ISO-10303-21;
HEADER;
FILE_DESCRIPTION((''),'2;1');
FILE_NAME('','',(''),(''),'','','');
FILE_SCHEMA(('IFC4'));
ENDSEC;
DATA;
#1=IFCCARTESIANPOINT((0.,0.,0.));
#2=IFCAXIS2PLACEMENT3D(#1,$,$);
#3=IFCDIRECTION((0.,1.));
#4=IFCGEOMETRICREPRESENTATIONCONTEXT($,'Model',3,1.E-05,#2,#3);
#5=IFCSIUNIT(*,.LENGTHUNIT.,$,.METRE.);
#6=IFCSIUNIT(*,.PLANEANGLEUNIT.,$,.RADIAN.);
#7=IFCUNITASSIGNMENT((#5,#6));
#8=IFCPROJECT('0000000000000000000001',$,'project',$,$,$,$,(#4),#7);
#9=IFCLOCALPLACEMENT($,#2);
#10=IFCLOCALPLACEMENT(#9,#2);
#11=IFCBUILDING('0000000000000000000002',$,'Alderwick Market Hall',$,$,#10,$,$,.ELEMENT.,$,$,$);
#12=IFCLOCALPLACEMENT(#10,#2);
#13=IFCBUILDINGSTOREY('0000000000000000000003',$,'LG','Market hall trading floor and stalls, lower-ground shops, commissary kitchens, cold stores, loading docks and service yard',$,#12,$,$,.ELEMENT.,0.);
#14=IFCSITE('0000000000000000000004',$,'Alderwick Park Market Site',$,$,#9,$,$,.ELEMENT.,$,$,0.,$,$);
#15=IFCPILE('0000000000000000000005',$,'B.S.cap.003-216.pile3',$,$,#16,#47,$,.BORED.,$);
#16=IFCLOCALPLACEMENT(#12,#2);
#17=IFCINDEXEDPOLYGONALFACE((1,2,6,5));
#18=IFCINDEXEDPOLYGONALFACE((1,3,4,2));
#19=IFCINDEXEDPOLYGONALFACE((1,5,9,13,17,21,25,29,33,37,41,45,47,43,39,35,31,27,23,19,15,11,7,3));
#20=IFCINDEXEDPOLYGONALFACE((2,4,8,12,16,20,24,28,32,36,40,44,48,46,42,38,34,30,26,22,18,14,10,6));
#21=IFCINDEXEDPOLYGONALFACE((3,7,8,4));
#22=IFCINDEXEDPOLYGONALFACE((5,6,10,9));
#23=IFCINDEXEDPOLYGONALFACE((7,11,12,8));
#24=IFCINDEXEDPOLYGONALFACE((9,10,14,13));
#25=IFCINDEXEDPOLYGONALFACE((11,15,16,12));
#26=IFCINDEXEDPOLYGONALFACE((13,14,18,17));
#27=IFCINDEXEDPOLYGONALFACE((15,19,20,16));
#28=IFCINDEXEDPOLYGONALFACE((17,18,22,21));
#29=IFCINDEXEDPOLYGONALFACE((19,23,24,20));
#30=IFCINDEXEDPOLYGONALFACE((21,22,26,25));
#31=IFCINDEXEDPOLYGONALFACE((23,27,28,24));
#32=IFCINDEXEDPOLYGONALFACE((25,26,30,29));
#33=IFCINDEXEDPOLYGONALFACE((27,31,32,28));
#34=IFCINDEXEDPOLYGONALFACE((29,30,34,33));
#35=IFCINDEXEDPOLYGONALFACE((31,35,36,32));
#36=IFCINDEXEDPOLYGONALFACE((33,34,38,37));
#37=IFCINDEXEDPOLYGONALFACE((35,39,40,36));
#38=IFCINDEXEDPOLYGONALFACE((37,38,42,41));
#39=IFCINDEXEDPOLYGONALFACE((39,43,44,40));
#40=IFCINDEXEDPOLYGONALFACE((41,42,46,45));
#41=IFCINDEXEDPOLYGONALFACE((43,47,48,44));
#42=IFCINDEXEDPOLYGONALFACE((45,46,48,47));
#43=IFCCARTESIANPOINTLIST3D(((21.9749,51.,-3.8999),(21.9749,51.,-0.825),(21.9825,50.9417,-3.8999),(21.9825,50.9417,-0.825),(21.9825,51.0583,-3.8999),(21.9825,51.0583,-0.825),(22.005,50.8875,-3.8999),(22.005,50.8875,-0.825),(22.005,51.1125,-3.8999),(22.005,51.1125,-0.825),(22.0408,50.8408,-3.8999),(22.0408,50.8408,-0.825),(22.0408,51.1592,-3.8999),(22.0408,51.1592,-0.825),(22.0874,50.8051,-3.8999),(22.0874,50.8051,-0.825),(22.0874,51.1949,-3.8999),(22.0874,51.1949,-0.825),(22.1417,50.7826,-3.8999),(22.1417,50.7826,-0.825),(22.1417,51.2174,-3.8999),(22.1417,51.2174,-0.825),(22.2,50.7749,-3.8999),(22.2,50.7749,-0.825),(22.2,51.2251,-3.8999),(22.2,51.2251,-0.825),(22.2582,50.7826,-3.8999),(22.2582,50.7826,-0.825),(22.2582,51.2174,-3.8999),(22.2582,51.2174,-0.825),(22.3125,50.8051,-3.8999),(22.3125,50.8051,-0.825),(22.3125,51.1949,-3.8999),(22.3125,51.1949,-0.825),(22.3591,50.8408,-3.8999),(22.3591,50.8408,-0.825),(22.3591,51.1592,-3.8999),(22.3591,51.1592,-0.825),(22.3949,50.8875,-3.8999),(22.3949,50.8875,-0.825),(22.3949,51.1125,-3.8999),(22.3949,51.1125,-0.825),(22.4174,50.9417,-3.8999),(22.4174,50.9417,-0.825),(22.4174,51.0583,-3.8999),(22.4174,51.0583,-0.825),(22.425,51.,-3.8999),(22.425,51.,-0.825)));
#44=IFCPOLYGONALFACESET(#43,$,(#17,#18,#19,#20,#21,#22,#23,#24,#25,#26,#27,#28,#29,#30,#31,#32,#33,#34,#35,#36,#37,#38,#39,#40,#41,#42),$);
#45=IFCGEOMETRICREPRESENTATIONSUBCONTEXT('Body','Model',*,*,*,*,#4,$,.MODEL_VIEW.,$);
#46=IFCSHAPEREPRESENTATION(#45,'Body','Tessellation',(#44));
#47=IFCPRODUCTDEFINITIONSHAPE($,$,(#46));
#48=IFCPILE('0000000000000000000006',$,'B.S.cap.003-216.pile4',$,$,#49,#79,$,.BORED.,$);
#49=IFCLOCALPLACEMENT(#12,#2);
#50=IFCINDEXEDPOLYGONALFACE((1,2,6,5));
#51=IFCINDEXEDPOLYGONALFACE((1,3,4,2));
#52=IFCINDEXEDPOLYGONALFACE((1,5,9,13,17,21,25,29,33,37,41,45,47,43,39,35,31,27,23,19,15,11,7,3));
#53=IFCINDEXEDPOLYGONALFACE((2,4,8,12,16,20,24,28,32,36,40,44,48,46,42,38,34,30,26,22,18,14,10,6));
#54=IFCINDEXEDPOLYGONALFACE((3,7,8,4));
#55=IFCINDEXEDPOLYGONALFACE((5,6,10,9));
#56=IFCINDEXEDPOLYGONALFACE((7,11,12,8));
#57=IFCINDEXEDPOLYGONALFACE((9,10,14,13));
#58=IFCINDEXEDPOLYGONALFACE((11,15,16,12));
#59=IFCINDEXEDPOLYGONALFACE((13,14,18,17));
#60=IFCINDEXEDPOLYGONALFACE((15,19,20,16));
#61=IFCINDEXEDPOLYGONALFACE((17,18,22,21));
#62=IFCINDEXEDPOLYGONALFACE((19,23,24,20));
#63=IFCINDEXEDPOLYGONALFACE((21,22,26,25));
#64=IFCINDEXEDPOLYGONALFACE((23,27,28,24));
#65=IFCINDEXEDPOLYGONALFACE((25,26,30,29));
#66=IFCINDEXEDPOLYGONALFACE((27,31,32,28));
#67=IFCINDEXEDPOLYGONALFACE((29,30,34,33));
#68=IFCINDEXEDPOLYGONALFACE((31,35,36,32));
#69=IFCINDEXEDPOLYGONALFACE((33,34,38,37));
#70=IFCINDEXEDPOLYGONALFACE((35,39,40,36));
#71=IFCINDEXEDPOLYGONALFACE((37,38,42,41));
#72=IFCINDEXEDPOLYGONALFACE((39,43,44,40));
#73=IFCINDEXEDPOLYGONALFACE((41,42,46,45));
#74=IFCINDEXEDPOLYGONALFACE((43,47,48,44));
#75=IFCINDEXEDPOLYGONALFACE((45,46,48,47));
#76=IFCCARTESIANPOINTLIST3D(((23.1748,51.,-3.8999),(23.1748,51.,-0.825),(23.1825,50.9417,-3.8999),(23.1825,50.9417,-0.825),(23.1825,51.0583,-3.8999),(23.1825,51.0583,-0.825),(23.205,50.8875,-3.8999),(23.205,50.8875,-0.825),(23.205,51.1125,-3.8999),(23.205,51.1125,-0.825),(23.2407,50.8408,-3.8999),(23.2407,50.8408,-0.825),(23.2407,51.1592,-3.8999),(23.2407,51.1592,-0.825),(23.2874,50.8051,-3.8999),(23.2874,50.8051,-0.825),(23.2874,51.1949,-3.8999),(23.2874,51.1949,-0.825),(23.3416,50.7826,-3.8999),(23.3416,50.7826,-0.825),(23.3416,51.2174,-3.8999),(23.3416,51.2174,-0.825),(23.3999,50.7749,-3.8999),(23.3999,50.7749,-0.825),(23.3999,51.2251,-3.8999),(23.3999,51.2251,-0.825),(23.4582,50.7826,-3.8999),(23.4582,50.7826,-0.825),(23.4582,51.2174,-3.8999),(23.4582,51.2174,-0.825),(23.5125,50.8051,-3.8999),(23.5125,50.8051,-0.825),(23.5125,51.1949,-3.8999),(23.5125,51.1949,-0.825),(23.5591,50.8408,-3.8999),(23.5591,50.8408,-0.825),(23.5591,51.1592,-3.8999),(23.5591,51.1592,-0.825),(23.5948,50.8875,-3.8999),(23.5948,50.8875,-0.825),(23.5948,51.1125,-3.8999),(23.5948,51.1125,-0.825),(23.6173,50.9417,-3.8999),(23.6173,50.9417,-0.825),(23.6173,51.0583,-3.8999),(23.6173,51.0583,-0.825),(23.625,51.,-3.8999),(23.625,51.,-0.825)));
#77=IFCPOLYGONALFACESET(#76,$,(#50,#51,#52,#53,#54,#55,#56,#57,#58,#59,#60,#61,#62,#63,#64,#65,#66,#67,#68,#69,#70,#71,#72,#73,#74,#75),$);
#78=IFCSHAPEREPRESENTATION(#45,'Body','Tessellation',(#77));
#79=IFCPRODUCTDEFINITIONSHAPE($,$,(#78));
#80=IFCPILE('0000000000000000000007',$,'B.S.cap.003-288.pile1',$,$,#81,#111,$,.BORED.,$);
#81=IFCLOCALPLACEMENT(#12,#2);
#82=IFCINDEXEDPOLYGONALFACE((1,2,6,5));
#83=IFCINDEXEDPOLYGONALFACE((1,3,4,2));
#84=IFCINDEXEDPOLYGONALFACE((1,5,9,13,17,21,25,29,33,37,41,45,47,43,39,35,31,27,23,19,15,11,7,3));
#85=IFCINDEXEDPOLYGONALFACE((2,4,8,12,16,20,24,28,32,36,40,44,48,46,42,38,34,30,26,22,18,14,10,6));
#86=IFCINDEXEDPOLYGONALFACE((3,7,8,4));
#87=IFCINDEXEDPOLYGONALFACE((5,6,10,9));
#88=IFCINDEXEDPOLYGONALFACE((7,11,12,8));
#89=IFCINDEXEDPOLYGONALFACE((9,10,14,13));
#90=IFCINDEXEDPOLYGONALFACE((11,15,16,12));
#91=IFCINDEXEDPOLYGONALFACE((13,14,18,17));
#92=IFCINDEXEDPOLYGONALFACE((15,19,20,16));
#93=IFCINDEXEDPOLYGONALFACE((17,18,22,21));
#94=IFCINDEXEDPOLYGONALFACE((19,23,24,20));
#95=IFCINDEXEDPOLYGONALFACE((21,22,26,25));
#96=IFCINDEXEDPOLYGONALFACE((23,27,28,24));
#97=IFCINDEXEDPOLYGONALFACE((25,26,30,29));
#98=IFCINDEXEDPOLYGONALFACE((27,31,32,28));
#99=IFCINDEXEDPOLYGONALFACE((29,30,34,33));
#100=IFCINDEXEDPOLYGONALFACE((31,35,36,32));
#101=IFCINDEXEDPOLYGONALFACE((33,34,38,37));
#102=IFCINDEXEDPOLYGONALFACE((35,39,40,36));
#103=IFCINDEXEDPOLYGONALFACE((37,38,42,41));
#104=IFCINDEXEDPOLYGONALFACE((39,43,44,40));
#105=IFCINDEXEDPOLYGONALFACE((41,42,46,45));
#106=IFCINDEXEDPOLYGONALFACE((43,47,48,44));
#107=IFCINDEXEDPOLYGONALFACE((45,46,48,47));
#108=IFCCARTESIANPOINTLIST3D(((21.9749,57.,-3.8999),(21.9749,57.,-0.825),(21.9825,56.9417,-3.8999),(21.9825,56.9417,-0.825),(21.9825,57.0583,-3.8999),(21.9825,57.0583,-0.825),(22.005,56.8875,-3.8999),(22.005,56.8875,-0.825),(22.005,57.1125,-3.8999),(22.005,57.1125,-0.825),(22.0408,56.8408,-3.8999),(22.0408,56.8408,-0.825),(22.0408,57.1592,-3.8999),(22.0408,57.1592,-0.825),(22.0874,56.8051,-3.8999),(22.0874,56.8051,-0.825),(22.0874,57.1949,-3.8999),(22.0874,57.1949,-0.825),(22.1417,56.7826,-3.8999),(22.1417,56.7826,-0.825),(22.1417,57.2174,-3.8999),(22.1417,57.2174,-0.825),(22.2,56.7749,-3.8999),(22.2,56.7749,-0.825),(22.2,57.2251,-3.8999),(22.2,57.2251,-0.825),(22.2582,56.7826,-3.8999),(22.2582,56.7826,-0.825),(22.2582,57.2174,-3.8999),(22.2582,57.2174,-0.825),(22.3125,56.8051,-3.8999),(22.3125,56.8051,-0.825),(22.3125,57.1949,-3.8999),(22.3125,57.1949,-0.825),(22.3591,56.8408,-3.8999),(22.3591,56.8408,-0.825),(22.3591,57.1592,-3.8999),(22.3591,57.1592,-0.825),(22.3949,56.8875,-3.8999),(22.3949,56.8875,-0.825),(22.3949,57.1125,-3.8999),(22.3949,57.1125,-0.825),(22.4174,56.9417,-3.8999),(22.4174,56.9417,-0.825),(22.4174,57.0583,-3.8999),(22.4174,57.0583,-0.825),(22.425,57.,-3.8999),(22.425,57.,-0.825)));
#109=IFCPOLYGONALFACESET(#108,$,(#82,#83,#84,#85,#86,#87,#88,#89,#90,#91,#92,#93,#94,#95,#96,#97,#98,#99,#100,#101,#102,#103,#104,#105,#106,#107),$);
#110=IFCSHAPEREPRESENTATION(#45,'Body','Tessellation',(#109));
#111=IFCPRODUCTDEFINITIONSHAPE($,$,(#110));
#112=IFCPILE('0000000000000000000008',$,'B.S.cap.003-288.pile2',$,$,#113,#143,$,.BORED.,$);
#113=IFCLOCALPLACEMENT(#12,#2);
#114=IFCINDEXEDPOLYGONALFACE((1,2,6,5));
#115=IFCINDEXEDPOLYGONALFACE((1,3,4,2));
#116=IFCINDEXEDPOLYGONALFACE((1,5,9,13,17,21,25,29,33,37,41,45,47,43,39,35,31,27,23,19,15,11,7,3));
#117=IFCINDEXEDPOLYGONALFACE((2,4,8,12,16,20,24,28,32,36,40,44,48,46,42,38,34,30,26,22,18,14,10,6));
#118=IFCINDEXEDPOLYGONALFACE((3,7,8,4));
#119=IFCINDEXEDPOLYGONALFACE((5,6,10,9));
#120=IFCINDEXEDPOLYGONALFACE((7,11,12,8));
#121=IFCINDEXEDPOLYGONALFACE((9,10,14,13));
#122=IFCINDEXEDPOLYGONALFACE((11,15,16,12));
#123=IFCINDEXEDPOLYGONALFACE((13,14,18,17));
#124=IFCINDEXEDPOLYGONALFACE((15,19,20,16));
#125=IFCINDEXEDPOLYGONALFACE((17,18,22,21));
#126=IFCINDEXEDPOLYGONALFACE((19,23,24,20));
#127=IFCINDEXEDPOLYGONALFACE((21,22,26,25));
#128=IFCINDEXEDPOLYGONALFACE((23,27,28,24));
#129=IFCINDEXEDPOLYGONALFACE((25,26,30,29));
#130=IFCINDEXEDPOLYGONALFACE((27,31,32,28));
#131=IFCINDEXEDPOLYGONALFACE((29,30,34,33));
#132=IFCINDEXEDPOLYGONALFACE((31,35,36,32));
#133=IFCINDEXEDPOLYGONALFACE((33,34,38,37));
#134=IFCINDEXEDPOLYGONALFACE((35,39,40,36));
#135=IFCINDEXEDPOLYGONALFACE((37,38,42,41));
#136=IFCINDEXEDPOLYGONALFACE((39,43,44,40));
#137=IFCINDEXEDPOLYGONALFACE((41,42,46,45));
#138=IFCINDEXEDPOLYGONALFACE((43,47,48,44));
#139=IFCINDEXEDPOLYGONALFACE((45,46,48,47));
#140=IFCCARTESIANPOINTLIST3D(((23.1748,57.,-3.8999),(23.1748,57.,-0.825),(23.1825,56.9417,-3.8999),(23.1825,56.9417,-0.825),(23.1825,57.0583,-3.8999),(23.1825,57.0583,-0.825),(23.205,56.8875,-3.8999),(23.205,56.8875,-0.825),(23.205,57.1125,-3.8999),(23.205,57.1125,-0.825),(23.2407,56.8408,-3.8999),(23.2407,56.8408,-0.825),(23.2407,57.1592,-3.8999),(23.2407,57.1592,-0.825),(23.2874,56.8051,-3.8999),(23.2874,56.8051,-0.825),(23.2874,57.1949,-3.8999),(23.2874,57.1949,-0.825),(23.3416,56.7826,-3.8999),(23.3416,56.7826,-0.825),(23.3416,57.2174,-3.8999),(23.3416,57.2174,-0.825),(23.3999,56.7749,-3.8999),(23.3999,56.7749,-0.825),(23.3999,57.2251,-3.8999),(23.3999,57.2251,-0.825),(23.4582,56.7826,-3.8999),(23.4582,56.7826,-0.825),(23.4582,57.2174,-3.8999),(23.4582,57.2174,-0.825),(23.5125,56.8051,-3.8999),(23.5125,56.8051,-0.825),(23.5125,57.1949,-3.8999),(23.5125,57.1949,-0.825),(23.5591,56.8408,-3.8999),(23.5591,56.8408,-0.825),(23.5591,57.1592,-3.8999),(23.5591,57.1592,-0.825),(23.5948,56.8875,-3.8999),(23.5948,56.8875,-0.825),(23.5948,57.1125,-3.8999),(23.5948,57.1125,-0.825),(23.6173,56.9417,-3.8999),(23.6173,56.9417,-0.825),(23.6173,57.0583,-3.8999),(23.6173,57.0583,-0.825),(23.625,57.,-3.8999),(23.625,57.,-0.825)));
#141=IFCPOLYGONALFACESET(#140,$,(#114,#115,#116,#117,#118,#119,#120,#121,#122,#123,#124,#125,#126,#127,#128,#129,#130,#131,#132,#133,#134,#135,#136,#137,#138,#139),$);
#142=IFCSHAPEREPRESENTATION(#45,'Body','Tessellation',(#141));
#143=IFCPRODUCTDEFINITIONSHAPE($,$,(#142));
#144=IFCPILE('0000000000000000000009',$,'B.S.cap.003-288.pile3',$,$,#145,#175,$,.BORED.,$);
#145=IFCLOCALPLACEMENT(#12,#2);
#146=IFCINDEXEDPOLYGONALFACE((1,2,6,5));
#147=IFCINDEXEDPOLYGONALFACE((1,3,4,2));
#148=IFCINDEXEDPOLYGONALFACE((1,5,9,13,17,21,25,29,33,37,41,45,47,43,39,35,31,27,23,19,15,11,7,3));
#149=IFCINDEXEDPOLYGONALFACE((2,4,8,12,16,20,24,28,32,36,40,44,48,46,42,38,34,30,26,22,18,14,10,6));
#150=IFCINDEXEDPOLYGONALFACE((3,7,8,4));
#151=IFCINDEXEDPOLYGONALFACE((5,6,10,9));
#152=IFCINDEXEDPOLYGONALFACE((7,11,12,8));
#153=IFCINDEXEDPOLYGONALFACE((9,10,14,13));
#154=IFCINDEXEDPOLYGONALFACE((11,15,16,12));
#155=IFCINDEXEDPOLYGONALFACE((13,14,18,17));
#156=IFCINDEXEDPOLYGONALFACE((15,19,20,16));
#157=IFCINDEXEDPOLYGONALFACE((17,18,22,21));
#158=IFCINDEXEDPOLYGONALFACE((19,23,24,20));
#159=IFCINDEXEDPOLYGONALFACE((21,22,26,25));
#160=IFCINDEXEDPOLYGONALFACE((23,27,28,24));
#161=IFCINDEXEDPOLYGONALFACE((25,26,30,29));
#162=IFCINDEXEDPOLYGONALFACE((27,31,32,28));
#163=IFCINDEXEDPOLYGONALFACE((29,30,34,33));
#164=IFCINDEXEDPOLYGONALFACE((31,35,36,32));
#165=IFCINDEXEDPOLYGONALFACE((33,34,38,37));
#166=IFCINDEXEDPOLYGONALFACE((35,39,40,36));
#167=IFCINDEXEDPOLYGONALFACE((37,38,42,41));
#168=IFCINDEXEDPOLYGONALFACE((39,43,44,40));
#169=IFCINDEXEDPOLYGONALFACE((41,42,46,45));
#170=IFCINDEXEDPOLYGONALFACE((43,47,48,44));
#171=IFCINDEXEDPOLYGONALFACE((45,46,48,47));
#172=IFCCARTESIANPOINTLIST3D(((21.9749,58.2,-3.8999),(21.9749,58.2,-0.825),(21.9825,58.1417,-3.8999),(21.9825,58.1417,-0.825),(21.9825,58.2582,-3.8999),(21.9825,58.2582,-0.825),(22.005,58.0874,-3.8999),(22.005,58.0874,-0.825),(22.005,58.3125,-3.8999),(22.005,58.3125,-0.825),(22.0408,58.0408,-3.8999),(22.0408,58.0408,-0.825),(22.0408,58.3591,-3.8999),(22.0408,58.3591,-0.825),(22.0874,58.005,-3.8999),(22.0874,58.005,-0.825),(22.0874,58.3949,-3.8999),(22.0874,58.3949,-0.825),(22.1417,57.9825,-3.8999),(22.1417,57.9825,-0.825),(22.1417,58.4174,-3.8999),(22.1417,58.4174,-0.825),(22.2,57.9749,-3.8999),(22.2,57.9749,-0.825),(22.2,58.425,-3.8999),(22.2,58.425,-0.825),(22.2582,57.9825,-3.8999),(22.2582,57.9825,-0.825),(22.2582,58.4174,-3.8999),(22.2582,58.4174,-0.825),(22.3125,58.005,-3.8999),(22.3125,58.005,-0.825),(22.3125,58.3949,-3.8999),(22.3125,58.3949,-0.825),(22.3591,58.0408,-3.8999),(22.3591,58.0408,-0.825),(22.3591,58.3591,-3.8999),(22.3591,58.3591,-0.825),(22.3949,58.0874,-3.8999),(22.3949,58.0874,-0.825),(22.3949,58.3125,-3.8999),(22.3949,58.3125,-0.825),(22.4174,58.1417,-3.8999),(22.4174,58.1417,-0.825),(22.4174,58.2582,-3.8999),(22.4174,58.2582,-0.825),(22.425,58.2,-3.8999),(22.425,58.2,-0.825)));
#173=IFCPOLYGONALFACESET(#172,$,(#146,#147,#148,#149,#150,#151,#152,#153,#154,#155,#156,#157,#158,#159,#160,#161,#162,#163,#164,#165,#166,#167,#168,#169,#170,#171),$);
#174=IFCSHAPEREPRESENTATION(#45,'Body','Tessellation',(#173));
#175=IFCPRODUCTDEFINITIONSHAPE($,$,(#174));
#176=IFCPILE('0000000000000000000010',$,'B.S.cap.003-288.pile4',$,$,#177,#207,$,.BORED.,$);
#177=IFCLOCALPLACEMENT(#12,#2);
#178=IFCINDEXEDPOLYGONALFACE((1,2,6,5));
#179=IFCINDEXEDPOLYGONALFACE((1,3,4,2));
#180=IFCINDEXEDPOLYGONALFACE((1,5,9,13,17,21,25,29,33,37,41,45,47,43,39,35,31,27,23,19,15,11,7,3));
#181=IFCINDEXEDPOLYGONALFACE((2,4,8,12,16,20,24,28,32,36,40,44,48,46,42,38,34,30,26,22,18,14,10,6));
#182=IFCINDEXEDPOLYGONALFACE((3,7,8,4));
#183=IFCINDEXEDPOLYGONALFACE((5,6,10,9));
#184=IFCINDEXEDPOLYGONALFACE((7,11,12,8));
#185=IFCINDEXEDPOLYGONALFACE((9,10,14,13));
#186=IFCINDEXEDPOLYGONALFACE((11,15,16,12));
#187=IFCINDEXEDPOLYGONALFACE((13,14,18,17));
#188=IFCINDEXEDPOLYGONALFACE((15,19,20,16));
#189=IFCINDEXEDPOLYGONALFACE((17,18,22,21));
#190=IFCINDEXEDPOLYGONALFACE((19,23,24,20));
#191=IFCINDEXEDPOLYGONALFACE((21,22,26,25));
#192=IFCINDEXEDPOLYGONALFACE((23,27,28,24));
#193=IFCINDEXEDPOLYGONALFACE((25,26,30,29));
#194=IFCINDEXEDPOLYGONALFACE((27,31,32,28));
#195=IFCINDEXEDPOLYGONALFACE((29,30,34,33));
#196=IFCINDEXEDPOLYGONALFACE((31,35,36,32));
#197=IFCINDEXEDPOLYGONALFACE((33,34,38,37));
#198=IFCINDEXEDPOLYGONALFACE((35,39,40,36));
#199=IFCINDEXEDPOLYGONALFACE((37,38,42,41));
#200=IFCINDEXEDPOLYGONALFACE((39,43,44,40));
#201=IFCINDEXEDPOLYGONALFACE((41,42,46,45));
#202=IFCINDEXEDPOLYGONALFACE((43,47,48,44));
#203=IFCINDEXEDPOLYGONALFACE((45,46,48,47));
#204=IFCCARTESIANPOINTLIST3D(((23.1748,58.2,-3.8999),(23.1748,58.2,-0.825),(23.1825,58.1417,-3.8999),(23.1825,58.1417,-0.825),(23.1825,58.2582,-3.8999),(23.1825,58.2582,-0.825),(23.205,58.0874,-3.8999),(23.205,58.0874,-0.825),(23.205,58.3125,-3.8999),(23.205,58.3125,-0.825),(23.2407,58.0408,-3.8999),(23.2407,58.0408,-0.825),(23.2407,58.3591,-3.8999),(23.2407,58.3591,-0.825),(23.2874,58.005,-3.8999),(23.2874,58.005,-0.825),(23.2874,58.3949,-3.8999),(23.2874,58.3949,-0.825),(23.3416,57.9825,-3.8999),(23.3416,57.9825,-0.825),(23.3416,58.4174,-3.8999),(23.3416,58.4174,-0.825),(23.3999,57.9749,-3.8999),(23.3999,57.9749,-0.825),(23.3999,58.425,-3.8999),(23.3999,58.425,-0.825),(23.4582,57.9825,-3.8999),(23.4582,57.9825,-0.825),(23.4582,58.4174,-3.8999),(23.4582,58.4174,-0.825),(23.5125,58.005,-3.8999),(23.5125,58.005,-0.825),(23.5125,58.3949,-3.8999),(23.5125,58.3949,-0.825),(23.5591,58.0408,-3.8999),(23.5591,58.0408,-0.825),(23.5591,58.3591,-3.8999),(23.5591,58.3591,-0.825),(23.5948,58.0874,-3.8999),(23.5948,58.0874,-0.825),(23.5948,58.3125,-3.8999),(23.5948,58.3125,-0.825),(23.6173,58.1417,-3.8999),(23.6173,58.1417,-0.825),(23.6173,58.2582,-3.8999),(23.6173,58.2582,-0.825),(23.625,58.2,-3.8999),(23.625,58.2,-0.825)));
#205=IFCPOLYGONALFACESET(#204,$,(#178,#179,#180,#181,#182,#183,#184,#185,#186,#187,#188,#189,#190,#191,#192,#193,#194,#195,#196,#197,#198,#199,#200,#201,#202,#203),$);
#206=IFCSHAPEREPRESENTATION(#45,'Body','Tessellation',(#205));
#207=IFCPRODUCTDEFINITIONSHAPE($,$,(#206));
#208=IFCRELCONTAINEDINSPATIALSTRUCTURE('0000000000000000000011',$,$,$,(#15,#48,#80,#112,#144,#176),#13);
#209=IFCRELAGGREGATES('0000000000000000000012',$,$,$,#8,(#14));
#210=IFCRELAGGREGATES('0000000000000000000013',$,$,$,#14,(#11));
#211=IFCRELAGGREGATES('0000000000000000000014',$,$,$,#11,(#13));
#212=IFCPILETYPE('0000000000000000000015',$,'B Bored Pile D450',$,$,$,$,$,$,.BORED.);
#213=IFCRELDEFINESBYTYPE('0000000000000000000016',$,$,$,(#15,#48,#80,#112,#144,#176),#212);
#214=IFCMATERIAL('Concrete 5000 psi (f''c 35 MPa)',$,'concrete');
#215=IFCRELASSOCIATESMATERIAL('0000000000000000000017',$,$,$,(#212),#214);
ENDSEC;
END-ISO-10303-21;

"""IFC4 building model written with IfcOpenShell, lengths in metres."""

from ifc_helpers import new_model, si_unit, direction, frame, origin, origin_2d, place, context, subcontext, project, spatial, circle, extrude, material, material_profile, profile_set, type_object, element, save


model = new_model("IFC4")

# Units and contexts
model_context = context("Model", 3, precision=1e-05, world=origin(), true_north=direction((0.0, 1.0)))
body_context = subcontext(model_context, "Body", "Model", "MODEL_VIEW")
ifc_project = project(units=[si_unit("LENGTHUNIT", "METRE"), si_unit("PLANEANGLEUNIT", "RADIAN")], contexts=[model_context])

# Site, building, storey
site_placement = place(None, origin())
site = spatial("IfcSite", under=ifc_project, at=site_placement, Name="Alderwick Park Market Site", CompositionType="ELEMENT", RefElevation=0.0)
building_placement = place(site_placement, origin())
building = spatial("IfcBuilding", under=site, at=building_placement, Name="Alderwick Market Hall", CompositionType="ELEMENT")
storey_placement = place(building_placement, origin())
storey = spatial("IfcBuildingStorey", under=building, at=storey_placement, Name="LG", Description="Market hall trading floor and stalls, lower-ground shops, commissary kitchens, cold stores, loading docks and service yard", CompositionType="ELEMENT", Elevation=0.0)

# Piles
ifc_material_1 = material(Name="Concrete 5000 psi (f'c 35 MPa)", Category="concrete")
ifc_material_profile_1 = material_profile(ifc_material_1, circle(Radius=0.2251, at=origin_2d()), Name="B Bored Pile D450")
ifc_profile_set_1 = profile_set([ifc_material_profile_1], Name="Concrete 5000 psi (f'c 35 MPa)")
pile_type = type_object("IfcPileType", Name="B Bored Pile D450", PredefinedType="BORED", material=ifc_profile_set_1)
for number, where, z_axis, x_axis, name in (
    (1, (22.2, 51.0, -0.825), (0.0, 0.0, -1.0), (1.0, 0.0, 0.0), "B.S.cap.003-216.pile3"),
    (2, (23.3999, 51.0, -0.825), (0.0, 0.0, -1.0), (1.0, 0.0, 0.0), "B.S.cap.003-216.pile4"),
    (3, (22.2, 57.0, -0.825), (0.0, 0.0, -1.0), (1.0, 0.0, 0.0), "B.S.cap.003-288.pile1"),
    (4, (23.3999, 57.0, -0.825), (0.0, 0.0, -1.0), (1.0, 0.0, 0.0), "B.S.cap.003-288.pile2"),
    (5, (22.2, 58.2, -0.825), (0.0, 0.0, -1.0), (1.0, 0.0, 0.0), "B.S.cap.003-288.pile3"),
    (6, (23.3999, 58.2, -0.825), (0.0, 0.0, -1.0), (1.0, 0.0, 0.0), "B.S.cap.003-288.pile4"),
):
    element("IfcPile", number, at=place(storey_placement, frame(where, z_axis=z_axis, x_axis=x_axis)), inside=storey, type_object=pile_type, Name=name, PredefinedType="BORED", context=body_context, shape_type="SweptSolid", body=[
        extrude(circle(Radius=0.2251, at=origin_2d()), origin(), (0.0, 0.0, 1.0), 3.075),
    ])

save(model, "model.ifc")
